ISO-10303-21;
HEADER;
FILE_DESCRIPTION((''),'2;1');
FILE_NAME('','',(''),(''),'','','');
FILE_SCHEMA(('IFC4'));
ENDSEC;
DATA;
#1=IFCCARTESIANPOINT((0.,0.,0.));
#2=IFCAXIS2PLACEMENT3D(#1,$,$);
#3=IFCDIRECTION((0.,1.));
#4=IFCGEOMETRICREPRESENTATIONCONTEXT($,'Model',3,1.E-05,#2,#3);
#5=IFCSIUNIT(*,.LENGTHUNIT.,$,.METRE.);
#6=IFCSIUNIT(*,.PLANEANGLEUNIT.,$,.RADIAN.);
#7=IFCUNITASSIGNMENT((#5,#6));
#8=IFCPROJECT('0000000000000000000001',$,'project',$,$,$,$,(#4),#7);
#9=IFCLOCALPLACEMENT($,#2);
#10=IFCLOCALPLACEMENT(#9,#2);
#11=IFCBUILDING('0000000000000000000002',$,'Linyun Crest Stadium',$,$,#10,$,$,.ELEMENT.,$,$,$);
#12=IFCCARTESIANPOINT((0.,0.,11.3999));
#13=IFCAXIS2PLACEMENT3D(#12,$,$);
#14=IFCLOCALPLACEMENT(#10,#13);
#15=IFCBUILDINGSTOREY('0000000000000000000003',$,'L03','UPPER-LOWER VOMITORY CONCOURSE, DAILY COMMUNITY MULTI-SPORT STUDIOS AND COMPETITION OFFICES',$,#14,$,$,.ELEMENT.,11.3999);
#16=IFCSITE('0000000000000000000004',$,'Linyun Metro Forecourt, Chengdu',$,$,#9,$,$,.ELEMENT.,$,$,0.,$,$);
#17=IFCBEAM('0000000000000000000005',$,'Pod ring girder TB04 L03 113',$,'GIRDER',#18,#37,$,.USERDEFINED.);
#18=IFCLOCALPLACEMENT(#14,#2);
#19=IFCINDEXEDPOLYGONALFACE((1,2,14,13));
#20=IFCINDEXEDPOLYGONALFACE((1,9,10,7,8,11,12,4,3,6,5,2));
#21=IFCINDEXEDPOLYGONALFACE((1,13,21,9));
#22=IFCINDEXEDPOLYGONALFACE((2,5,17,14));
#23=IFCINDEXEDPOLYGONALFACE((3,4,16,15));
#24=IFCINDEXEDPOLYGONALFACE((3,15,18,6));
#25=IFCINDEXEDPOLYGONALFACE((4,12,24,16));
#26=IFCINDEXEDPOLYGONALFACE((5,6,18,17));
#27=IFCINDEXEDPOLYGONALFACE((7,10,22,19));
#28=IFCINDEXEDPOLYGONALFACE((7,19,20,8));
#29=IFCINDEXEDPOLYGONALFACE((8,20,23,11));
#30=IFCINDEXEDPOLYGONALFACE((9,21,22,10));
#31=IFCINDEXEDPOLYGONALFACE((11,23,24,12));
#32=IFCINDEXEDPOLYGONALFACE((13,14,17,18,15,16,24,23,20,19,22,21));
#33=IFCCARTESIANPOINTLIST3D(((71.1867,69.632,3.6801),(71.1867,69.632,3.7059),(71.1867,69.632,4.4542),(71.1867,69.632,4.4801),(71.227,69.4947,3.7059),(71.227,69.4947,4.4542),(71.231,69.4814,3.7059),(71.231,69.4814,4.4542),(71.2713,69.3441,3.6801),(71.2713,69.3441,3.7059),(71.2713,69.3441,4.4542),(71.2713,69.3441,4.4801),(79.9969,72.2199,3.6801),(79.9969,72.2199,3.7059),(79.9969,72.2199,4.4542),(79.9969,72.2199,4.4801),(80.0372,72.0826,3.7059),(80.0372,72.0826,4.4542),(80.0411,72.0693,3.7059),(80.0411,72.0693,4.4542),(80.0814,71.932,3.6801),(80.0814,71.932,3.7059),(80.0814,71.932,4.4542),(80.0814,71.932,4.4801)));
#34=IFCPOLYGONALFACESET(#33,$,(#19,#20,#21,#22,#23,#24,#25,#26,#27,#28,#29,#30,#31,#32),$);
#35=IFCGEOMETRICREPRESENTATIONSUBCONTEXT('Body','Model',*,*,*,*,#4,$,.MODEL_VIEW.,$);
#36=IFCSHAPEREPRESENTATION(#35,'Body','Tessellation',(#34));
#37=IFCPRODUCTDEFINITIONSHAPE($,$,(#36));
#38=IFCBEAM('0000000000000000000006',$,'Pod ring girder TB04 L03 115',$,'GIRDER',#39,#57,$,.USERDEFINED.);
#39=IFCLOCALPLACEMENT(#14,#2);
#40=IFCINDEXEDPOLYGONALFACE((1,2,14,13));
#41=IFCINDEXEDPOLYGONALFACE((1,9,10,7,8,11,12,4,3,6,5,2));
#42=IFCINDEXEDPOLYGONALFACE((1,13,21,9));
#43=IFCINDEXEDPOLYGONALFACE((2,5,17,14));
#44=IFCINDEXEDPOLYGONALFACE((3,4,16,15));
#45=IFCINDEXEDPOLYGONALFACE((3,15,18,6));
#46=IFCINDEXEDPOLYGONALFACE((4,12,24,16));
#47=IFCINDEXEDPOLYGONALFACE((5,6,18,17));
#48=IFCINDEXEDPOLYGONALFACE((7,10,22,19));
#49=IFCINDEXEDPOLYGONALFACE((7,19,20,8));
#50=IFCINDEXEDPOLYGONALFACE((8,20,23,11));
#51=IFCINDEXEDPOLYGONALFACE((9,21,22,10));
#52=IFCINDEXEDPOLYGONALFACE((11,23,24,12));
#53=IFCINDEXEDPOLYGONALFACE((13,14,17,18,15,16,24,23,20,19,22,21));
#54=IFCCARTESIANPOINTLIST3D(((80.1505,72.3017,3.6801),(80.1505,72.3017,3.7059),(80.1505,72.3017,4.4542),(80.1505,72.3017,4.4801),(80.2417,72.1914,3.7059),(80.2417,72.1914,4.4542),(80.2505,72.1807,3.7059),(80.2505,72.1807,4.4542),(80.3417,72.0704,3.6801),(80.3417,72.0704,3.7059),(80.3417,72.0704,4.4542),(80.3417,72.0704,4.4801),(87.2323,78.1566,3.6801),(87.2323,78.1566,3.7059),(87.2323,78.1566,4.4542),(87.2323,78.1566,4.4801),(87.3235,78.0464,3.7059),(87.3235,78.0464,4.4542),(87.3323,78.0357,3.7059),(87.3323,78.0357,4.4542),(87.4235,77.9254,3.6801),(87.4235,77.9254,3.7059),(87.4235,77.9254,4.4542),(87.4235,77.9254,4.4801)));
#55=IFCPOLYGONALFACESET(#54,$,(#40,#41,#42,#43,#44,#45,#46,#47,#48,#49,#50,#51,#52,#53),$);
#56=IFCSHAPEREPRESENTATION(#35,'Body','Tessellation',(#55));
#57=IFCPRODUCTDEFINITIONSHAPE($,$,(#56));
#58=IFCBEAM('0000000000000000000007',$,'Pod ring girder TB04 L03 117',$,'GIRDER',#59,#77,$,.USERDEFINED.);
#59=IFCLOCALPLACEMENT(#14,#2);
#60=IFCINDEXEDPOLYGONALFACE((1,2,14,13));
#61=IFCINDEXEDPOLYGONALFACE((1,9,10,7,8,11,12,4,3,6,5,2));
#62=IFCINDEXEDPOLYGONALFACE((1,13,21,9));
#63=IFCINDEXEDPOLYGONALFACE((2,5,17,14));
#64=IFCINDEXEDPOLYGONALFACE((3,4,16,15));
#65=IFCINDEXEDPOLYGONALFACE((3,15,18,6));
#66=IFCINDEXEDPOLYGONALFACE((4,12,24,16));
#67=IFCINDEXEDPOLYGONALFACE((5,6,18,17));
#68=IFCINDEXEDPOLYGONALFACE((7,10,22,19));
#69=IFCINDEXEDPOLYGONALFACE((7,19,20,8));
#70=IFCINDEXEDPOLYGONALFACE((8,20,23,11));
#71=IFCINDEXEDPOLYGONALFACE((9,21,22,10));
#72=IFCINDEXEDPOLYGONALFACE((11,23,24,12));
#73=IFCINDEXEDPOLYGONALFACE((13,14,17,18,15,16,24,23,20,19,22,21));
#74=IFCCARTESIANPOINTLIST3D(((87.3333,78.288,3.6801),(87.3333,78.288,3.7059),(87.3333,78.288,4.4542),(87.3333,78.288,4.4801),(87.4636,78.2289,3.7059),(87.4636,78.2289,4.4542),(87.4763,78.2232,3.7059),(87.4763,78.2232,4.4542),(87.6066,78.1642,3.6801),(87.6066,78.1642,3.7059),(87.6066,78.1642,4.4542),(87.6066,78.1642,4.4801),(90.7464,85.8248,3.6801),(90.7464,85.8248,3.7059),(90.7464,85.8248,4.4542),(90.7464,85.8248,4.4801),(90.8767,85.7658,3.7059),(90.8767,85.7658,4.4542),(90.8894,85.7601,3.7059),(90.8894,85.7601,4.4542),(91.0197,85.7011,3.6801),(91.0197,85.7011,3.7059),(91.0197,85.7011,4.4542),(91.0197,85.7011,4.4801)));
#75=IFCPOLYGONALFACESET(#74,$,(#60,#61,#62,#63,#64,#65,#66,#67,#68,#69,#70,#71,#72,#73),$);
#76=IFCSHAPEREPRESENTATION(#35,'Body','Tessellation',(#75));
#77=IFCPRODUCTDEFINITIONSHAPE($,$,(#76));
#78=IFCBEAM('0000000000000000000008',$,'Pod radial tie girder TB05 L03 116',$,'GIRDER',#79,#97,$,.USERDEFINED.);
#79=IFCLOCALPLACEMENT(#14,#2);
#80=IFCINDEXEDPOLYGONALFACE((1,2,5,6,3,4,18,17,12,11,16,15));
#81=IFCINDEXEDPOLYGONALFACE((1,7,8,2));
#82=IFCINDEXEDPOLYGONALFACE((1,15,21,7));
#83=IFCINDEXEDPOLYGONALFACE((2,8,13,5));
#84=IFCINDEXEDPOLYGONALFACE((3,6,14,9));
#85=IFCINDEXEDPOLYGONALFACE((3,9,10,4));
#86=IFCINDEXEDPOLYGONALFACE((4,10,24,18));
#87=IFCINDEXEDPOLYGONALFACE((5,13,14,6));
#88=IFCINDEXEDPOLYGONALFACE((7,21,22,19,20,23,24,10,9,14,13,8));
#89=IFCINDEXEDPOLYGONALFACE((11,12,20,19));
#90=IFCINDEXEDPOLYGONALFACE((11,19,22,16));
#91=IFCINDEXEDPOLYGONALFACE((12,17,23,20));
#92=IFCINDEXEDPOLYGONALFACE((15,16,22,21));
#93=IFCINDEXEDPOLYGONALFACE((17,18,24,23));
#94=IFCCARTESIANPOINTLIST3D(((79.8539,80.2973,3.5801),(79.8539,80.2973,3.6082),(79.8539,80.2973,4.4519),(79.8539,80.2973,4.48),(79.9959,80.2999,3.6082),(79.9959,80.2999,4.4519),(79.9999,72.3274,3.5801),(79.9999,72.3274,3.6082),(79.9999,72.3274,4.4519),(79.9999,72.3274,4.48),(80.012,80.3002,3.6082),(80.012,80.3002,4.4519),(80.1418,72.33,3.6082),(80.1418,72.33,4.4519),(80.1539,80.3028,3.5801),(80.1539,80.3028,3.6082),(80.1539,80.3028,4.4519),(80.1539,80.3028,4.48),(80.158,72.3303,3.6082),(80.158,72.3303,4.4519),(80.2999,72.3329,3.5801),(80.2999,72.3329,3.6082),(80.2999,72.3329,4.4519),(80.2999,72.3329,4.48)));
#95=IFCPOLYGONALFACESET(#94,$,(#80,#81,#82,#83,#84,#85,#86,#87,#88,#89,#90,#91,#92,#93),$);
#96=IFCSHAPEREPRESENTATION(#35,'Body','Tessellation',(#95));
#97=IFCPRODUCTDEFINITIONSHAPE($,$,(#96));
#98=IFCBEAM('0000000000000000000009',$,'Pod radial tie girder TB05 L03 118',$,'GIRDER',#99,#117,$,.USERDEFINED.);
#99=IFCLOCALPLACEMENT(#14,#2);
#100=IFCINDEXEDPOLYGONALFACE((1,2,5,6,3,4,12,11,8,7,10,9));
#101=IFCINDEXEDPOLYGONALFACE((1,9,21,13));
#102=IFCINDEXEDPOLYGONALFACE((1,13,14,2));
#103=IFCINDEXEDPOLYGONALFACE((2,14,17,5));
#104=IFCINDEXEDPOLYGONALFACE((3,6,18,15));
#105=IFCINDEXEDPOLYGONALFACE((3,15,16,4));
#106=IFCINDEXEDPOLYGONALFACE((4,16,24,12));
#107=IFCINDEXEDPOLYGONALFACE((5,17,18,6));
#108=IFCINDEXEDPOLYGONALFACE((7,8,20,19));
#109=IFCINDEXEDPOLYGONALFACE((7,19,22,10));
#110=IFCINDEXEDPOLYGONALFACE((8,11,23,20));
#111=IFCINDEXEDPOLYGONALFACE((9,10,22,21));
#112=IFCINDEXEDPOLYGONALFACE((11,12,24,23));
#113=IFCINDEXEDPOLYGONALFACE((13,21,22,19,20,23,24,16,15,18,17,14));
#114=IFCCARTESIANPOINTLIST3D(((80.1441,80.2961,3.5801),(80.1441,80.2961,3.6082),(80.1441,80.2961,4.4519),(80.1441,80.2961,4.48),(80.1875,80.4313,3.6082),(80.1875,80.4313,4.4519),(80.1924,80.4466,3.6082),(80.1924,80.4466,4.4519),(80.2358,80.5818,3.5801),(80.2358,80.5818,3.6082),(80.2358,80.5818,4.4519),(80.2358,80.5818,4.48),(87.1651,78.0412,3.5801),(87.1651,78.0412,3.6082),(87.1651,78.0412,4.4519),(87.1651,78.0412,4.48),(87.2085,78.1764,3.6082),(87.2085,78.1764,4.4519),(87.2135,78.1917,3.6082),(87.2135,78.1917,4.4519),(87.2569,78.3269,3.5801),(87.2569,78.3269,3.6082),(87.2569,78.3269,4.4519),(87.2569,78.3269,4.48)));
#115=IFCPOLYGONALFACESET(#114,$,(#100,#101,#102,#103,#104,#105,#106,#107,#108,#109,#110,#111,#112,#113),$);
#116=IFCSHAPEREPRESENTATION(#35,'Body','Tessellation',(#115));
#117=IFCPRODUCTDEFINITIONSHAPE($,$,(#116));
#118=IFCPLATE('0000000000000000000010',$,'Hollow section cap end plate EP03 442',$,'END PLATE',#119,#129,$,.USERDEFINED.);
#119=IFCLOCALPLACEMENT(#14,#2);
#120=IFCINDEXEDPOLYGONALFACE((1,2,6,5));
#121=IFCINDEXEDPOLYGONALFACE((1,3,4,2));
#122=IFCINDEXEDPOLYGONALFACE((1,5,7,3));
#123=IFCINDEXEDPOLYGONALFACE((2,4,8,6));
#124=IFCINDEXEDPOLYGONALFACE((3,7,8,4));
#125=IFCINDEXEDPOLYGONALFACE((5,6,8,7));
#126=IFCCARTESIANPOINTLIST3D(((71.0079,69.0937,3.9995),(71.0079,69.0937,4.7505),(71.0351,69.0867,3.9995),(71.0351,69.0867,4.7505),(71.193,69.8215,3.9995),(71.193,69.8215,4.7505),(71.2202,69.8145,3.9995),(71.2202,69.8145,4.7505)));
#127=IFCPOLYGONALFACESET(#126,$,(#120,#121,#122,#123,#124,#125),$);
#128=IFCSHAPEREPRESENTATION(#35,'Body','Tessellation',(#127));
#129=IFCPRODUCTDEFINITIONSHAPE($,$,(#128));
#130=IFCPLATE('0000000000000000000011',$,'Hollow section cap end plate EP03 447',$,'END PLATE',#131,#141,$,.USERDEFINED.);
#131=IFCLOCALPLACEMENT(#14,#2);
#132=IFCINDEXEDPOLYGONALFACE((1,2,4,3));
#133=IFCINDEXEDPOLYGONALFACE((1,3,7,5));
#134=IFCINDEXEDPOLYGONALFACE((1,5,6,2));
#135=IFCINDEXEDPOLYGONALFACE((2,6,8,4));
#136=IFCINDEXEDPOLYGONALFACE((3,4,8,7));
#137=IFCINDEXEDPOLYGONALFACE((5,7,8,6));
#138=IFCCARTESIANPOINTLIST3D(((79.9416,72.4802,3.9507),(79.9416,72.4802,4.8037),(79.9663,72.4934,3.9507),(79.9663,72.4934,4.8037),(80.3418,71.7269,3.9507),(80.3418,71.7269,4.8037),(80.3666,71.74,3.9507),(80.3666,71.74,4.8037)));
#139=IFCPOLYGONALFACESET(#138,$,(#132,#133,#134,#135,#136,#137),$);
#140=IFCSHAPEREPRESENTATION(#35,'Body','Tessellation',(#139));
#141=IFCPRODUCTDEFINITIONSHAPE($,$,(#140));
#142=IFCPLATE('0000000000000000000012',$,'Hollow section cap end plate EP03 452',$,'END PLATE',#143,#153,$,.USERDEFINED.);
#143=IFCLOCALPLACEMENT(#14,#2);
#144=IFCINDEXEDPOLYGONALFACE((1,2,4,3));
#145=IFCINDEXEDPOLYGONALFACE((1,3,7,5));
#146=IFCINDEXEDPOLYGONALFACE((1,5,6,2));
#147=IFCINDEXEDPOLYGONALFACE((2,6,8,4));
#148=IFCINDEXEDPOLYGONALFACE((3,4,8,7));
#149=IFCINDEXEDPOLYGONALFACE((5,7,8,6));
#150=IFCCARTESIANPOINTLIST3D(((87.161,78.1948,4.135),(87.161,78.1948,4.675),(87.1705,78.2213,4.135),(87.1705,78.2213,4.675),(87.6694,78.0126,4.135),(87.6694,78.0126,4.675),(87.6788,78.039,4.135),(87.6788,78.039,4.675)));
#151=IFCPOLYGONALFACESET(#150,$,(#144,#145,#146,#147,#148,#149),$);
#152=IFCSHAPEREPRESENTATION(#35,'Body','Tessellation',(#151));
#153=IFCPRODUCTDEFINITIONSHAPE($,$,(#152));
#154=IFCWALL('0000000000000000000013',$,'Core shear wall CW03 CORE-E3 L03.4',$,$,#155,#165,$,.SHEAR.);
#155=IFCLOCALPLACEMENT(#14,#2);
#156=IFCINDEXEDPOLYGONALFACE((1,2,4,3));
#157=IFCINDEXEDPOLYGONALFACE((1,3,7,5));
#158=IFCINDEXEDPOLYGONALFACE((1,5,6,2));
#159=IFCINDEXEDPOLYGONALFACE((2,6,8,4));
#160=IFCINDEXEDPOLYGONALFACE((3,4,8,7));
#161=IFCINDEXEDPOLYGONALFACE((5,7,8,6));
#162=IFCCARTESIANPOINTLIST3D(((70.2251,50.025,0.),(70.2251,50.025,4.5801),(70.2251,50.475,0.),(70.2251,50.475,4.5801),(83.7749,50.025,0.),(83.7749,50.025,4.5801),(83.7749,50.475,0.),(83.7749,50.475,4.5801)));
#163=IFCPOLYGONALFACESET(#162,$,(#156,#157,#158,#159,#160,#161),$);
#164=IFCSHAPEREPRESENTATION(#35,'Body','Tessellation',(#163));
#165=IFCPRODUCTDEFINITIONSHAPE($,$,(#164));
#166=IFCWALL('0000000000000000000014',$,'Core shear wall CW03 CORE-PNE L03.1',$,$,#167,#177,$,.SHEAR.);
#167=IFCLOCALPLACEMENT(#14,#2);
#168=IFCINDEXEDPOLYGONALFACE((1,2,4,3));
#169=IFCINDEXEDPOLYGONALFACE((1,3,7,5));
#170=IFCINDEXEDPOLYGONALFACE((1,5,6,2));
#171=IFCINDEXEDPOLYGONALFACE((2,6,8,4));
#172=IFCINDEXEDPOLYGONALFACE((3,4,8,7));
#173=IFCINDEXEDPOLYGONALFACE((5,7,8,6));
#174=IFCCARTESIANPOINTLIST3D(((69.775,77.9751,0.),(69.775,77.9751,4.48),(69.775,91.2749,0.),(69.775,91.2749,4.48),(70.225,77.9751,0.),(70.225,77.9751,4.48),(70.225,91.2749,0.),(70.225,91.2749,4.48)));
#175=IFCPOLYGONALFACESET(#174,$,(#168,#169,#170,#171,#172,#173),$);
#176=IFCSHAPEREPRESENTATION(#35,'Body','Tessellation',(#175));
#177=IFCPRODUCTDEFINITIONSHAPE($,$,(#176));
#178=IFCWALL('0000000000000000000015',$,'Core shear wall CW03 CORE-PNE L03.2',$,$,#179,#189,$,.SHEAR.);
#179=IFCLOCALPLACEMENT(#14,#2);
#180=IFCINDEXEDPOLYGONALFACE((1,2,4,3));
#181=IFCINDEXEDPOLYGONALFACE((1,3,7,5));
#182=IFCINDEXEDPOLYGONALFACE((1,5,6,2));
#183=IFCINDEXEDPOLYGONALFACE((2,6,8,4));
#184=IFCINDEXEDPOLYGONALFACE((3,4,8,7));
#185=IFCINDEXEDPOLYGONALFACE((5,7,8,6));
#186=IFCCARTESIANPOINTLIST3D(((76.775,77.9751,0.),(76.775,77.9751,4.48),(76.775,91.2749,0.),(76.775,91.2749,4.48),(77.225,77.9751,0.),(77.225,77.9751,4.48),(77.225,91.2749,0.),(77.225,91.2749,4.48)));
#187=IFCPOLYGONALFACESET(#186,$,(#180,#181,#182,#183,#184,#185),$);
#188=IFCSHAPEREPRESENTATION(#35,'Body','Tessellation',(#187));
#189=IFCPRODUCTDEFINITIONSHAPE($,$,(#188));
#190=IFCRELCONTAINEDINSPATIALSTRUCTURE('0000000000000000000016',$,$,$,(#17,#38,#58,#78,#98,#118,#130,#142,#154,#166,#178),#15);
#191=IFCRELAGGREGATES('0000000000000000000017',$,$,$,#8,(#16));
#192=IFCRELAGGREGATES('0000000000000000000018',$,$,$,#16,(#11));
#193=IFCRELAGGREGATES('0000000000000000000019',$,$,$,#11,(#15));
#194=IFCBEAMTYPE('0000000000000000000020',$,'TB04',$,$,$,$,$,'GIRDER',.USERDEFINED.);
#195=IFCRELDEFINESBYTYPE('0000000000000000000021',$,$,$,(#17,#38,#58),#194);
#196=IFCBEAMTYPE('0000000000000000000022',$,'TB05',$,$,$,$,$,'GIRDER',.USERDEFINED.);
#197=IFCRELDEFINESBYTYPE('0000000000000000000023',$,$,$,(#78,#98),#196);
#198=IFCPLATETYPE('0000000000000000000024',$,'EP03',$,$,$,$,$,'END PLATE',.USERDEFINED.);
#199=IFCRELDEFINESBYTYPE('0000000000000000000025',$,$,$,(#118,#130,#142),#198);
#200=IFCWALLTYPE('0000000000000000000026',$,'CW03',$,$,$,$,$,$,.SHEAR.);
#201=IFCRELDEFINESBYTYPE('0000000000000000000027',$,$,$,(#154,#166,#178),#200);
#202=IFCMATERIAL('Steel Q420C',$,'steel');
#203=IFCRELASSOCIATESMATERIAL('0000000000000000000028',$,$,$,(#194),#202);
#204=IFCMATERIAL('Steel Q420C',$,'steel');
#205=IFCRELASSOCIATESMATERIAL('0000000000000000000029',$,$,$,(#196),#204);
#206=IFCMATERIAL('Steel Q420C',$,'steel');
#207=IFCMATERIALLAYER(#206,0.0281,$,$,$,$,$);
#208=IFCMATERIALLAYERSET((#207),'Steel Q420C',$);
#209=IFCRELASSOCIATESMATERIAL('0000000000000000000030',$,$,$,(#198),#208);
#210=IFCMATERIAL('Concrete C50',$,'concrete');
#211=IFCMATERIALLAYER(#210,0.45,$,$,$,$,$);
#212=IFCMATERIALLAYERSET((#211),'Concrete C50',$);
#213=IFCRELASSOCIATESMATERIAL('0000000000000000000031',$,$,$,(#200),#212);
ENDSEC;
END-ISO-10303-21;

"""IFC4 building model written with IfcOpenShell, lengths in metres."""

from ifc_helpers import new_model, si_unit, direction, frame, frame_2d, origin, origin_2d, place, context, subcontext, project, spatial, rectangle, i_section, extrude, material, layer, layer_set, material_profile, profile_set, type_object, element, save


model = new_model("IFC4")

# Units and contexts
model_context = context("Model", 3, precision=1e-05, world=origin(), true_north=direction((0.0, 1.0)))
body_context = subcontext(model_context, "Body", "Model", "MODEL_VIEW")
ifc_project = project(units=[si_unit("LENGTHUNIT", "METRE"), si_unit("PLANEANGLEUNIT", "RADIAN")], contexts=[model_context])

# Site, building, storey
site_placement = place(None, origin())
site = spatial("IfcSite", under=ifc_project, at=site_placement, Name="Linyun Metro Forecourt, Chengdu", CompositionType="ELEMENT", RefElevation=0.0)
building_placement = place(site_placement, origin())
building = spatial("IfcBuilding", under=site, at=building_placement, Name="Linyun Crest Stadium", CompositionType="ELEMENT")
storey_placement = place(building_placement, frame((0.0, 0.0, 11.3999)))
storey = spatial("IfcBuildingStorey", under=building, at=storey_placement, Name="L03", Description="UPPER-LOWER VOMITORY CONCOURSE, DAILY COMMUNITY MULTI-SPORT STUDIOS AND COMPETITION OFFICES", CompositionType="ELEMENT", Elevation=11.3999)

# Beams
ifc_material_1 = material(Name="Steel Q420C", Category="steel")
ifc_material_profile_1 = material_profile(ifc_material_1, i_section(OverallWidth=0.3, OverallDepth=0.8, WebThickness=0.0139, FlangeThickness=0.0259, at=origin_2d()), Name="HN 800x300")
ifc_profile_set_1 = profile_set([ifc_material_profile_1], Name="Steel Q420C")
beam_type_1 = type_object("IfcBeamType", Name="TB04", ElementType="GIRDER", PredefinedType="USERDEFINED", material=ifc_profile_set_1)
beam_1_placement = place(storey_placement, frame((71.229, 69.488, 4.0801), z_axis=(0.959463, 0.281835, 0.0), x_axis=(-0.281835, 0.959463, 0.0)))
element("IfcBeam", 1, at=beam_1_placement, inside=storey, type_object=beam_type_1, Name="Pod ring girder TB04 L03 113", ObjectType="GIRDER", PredefinedType="USERDEFINED", context=body_context, shape_type="SweptSolid", body=[
    extrude(i_section(OverallWidth=0.3, OverallDepth=0.8, WebThickness=0.0139, FlangeThickness=0.0259, at=origin_2d()), origin(), (0.0, 0.0, 1.0), 9.1824),
])
beam_2_placement = place(storey_placement, frame((80.2461, 72.186, 4.0801), z_axis=(0.770705, 0.637192, 0.0), x_axis=(-0.637192, 0.770705, 0.0)))
element("IfcBeam", 2, at=beam_2_placement, inside=storey, type_object=beam_type_1, Name="Pod ring girder TB04 L03 115", ObjectType="GIRDER", PredefinedType="USERDEFINED", context=body_context, shape_type="SweptSolid", body=[
    extrude(i_section(OverallWidth=0.3, OverallDepth=0.8, WebThickness=0.0139, FlangeThickness=0.0259, at=origin_2d()), origin(), (0.0, 0.0, 1.0), 9.1887),
])
beam_3_placement = place(storey_placement, frame((87.47, 78.2261, 4.0801), z_axis=(0.412524, 0.910947, 0.0), x_axis=(-0.910947, 0.412524, 0.0)))
element("IfcBeam", 3, at=beam_3_placement, inside=storey, type_object=beam_type_1, Name="Pod ring girder TB04 L03 117", ObjectType="GIRDER", PredefinedType="USERDEFINED", context=body_context, shape_type="SweptSolid", body=[
    extrude(i_section(OverallWidth=0.3, OverallDepth=0.8, WebThickness=0.0139, FlangeThickness=0.0259, at=origin_2d()), origin(), (0.0, 0.0, 1.0), 8.2737),
])
ifc_material_2 = material(Name="Steel Q420C", Category="steel")
ifc_material_profile_2 = material_profile(ifc_material_2, i_section(OverallWidth=0.3, OverallDepth=0.8999, WebThickness=0.0161, FlangeThickness=0.0281, at=origin_2d()), Name="HN 900x300")
ifc_profile_set_2 = profile_set([ifc_material_profile_2], Name="Steel Q420C")
beam_type_2 = type_object("IfcBeamType", Name="TB05", ElementType="GIRDER", PredefinedType="USERDEFINED", material=ifc_profile_set_2)
beam_4_placement = place(storey_placement, frame((80.0039, 80.3, 4.03), z_axis=(0.018315, -0.999832, 0.0), x_axis=(0.999832, 0.018315, 0.0)))
element("IfcBeam", 4, at=beam_4_placement, inside=storey, type_object=beam_type_2, Name="Pod radial tie girder TB05 L03 116", ObjectType="GIRDER", PredefinedType="USERDEFINED", context=body_context, shape_type="SweptSolid", body=[
    extrude(i_section(OverallWidth=0.3, OverallDepth=0.8999, WebThickness=0.0161, FlangeThickness=0.0281, at=origin_2d()), origin(), (0.0, 0.0, 1.0), 7.9712),
])
beam_5_placement = place(storey_placement, frame((80.1899, 80.439, 4.03), z_axis=(0.952102, -0.30578, 0.0), x_axis=(0.30578, 0.952102, 0.0)))
element("IfcBeam", 5, at=beam_5_placement, inside=storey, type_object=beam_type_2, Name="Pod radial tie girder TB05 L03 118", ObjectType="GIRDER", PredefinedType="USERDEFINED", context=body_context, shape_type="SweptSolid", body=[
    extrude(i_section(OverallWidth=0.3, OverallDepth=0.8999, WebThickness=0.0161, FlangeThickness=0.0281, at=origin_2d()), origin(), (0.0, 0.0, 1.0), 7.3743),
])

# Plates
ifc_material_3 = material(Name="Steel Q420C", Category="steel")
ifc_layer_1 = layer(ifc_material_3, 0.0281)
ifc_layer_set_1 = layer_set([ifc_layer_1], Name="Steel Q420C")
plate_type = type_object("IfcPlateType", Name="EP03", ElementType="END PLATE", PredefinedType="USERDEFINED", material=ifc_layer_set_1)
plate_1_placement = place(storey_placement, frame((71.114, 69.4541, 3.9995), z_axis=(0.0, 0.0, 1.0), x_axis=(-0.246492, -0.969145, 0.0)))
element("IfcPlate", 6, at=plate_1_placement, inside=storey, type_object=plate_type, Name="Hollow section cap end plate EP03 442", ObjectType="END PLATE", PredefinedType="USERDEFINED", context=body_context, shape_type="SweptSolid", body=[
    extrude(rectangle(XDim=0.751, YDim=0.0281, at=origin_2d()), origin(), (0.0, 0.0, 1.0), 0.751),
])
plate_2_placement = place(storey_placement, frame((80.1541, 72.1101, 3.9507), z_axis=(0.0, 0.0, 1.0), x_axis=(0.469163, -0.883111, 0.0)))
element("IfcPlate", 7, at=plate_2_placement, inside=storey, type_object=plate_type, Name="Hollow section cap end plate EP03 447", ObjectType="END PLATE", PredefinedType="USERDEFINED", context=body_context, shape_type="SweptSolid", body=[
    extrude(rectangle(XDim=0.853, YDim=0.0281, at=origin_2d()), origin(), (0.0, 0.0, 1.0), 0.853),
])
plate_3_placement = place(storey_placement, frame((87.4199, 78.1169, 4.135), z_axis=(0.0, 0.0, 1.0), x_axis=(0.941353, -0.337424, 0.0)))
element("IfcPlate", 8, at=plate_3_placement, inside=storey, type_object=plate_type, Name="Hollow section cap end plate EP03 452", ObjectType="END PLATE", PredefinedType="USERDEFINED", context=body_context, shape_type="SweptSolid", body=[
    extrude(rectangle(XDim=0.54, YDim=0.0281, at=origin_2d()), origin(), (0.0, 0.0, 1.0), 0.54),
])

# Walls
ifc_material_4 = material(Name="Concrete C50", Category="concrete")
ifc_layer_2 = layer(ifc_material_4, 0.45)
ifc_layer_set_2 = layer_set([ifc_layer_2], Name="Concrete C50")
wall_type_1 = type_object("IfcWallType", Name="CW03", PredefinedType="SHEAR", material=ifc_layer_set_2)
wall_1_placement = place(storey_placement, frame((70.2251, 50.25, 0.0), z_axis=(0.0, 0.0, 1.0), x_axis=(1.0, 0.0, 0.0)))
element("IfcWall", 9, at=wall_1_placement, inside=storey, type_object=wall_type_1, Name="Core shear wall CW03 CORE-E3 L03.4", PredefinedType="SHEAR", context=body_context, shape_type="SweptSolid", body=[
    extrude(rectangle(XDim=13.5498, YDim=0.45, at=frame_2d((6.7749, 0.0))), origin(), (0.0, 0.0, 1.0), 4.5801),
])
for number, where, z_axis, x_axis, name in (
    (10, (70.0, 77.9751, 0.0), (0.0, 0.0, 1.0), (0.0, 1.0, 0.0), "Core shear wall CW03 CORE-PNE L03.1"),
    (11, (77.0, 77.9751, 0.0), (0.0, 0.0, 1.0), (0.0, 1.0, 0.0), "Core shear wall CW03 CORE-PNE L03.2"),
):
    element("IfcWall", number, at=place(storey_placement, frame(where, z_axis=z_axis, x_axis=x_axis)), inside=storey, type_object=wall_type_1, Name=name, PredefinedType="SHEAR", context=body_context, shape_type="SweptSolid", body=[
        extrude(rectangle(XDim=13.2998, YDim=0.45, at=frame_2d((6.6499, 0.0))), origin(), (0.0, 0.0, 1.0), 4.48),
    ])

save(model, "model.ifc")
